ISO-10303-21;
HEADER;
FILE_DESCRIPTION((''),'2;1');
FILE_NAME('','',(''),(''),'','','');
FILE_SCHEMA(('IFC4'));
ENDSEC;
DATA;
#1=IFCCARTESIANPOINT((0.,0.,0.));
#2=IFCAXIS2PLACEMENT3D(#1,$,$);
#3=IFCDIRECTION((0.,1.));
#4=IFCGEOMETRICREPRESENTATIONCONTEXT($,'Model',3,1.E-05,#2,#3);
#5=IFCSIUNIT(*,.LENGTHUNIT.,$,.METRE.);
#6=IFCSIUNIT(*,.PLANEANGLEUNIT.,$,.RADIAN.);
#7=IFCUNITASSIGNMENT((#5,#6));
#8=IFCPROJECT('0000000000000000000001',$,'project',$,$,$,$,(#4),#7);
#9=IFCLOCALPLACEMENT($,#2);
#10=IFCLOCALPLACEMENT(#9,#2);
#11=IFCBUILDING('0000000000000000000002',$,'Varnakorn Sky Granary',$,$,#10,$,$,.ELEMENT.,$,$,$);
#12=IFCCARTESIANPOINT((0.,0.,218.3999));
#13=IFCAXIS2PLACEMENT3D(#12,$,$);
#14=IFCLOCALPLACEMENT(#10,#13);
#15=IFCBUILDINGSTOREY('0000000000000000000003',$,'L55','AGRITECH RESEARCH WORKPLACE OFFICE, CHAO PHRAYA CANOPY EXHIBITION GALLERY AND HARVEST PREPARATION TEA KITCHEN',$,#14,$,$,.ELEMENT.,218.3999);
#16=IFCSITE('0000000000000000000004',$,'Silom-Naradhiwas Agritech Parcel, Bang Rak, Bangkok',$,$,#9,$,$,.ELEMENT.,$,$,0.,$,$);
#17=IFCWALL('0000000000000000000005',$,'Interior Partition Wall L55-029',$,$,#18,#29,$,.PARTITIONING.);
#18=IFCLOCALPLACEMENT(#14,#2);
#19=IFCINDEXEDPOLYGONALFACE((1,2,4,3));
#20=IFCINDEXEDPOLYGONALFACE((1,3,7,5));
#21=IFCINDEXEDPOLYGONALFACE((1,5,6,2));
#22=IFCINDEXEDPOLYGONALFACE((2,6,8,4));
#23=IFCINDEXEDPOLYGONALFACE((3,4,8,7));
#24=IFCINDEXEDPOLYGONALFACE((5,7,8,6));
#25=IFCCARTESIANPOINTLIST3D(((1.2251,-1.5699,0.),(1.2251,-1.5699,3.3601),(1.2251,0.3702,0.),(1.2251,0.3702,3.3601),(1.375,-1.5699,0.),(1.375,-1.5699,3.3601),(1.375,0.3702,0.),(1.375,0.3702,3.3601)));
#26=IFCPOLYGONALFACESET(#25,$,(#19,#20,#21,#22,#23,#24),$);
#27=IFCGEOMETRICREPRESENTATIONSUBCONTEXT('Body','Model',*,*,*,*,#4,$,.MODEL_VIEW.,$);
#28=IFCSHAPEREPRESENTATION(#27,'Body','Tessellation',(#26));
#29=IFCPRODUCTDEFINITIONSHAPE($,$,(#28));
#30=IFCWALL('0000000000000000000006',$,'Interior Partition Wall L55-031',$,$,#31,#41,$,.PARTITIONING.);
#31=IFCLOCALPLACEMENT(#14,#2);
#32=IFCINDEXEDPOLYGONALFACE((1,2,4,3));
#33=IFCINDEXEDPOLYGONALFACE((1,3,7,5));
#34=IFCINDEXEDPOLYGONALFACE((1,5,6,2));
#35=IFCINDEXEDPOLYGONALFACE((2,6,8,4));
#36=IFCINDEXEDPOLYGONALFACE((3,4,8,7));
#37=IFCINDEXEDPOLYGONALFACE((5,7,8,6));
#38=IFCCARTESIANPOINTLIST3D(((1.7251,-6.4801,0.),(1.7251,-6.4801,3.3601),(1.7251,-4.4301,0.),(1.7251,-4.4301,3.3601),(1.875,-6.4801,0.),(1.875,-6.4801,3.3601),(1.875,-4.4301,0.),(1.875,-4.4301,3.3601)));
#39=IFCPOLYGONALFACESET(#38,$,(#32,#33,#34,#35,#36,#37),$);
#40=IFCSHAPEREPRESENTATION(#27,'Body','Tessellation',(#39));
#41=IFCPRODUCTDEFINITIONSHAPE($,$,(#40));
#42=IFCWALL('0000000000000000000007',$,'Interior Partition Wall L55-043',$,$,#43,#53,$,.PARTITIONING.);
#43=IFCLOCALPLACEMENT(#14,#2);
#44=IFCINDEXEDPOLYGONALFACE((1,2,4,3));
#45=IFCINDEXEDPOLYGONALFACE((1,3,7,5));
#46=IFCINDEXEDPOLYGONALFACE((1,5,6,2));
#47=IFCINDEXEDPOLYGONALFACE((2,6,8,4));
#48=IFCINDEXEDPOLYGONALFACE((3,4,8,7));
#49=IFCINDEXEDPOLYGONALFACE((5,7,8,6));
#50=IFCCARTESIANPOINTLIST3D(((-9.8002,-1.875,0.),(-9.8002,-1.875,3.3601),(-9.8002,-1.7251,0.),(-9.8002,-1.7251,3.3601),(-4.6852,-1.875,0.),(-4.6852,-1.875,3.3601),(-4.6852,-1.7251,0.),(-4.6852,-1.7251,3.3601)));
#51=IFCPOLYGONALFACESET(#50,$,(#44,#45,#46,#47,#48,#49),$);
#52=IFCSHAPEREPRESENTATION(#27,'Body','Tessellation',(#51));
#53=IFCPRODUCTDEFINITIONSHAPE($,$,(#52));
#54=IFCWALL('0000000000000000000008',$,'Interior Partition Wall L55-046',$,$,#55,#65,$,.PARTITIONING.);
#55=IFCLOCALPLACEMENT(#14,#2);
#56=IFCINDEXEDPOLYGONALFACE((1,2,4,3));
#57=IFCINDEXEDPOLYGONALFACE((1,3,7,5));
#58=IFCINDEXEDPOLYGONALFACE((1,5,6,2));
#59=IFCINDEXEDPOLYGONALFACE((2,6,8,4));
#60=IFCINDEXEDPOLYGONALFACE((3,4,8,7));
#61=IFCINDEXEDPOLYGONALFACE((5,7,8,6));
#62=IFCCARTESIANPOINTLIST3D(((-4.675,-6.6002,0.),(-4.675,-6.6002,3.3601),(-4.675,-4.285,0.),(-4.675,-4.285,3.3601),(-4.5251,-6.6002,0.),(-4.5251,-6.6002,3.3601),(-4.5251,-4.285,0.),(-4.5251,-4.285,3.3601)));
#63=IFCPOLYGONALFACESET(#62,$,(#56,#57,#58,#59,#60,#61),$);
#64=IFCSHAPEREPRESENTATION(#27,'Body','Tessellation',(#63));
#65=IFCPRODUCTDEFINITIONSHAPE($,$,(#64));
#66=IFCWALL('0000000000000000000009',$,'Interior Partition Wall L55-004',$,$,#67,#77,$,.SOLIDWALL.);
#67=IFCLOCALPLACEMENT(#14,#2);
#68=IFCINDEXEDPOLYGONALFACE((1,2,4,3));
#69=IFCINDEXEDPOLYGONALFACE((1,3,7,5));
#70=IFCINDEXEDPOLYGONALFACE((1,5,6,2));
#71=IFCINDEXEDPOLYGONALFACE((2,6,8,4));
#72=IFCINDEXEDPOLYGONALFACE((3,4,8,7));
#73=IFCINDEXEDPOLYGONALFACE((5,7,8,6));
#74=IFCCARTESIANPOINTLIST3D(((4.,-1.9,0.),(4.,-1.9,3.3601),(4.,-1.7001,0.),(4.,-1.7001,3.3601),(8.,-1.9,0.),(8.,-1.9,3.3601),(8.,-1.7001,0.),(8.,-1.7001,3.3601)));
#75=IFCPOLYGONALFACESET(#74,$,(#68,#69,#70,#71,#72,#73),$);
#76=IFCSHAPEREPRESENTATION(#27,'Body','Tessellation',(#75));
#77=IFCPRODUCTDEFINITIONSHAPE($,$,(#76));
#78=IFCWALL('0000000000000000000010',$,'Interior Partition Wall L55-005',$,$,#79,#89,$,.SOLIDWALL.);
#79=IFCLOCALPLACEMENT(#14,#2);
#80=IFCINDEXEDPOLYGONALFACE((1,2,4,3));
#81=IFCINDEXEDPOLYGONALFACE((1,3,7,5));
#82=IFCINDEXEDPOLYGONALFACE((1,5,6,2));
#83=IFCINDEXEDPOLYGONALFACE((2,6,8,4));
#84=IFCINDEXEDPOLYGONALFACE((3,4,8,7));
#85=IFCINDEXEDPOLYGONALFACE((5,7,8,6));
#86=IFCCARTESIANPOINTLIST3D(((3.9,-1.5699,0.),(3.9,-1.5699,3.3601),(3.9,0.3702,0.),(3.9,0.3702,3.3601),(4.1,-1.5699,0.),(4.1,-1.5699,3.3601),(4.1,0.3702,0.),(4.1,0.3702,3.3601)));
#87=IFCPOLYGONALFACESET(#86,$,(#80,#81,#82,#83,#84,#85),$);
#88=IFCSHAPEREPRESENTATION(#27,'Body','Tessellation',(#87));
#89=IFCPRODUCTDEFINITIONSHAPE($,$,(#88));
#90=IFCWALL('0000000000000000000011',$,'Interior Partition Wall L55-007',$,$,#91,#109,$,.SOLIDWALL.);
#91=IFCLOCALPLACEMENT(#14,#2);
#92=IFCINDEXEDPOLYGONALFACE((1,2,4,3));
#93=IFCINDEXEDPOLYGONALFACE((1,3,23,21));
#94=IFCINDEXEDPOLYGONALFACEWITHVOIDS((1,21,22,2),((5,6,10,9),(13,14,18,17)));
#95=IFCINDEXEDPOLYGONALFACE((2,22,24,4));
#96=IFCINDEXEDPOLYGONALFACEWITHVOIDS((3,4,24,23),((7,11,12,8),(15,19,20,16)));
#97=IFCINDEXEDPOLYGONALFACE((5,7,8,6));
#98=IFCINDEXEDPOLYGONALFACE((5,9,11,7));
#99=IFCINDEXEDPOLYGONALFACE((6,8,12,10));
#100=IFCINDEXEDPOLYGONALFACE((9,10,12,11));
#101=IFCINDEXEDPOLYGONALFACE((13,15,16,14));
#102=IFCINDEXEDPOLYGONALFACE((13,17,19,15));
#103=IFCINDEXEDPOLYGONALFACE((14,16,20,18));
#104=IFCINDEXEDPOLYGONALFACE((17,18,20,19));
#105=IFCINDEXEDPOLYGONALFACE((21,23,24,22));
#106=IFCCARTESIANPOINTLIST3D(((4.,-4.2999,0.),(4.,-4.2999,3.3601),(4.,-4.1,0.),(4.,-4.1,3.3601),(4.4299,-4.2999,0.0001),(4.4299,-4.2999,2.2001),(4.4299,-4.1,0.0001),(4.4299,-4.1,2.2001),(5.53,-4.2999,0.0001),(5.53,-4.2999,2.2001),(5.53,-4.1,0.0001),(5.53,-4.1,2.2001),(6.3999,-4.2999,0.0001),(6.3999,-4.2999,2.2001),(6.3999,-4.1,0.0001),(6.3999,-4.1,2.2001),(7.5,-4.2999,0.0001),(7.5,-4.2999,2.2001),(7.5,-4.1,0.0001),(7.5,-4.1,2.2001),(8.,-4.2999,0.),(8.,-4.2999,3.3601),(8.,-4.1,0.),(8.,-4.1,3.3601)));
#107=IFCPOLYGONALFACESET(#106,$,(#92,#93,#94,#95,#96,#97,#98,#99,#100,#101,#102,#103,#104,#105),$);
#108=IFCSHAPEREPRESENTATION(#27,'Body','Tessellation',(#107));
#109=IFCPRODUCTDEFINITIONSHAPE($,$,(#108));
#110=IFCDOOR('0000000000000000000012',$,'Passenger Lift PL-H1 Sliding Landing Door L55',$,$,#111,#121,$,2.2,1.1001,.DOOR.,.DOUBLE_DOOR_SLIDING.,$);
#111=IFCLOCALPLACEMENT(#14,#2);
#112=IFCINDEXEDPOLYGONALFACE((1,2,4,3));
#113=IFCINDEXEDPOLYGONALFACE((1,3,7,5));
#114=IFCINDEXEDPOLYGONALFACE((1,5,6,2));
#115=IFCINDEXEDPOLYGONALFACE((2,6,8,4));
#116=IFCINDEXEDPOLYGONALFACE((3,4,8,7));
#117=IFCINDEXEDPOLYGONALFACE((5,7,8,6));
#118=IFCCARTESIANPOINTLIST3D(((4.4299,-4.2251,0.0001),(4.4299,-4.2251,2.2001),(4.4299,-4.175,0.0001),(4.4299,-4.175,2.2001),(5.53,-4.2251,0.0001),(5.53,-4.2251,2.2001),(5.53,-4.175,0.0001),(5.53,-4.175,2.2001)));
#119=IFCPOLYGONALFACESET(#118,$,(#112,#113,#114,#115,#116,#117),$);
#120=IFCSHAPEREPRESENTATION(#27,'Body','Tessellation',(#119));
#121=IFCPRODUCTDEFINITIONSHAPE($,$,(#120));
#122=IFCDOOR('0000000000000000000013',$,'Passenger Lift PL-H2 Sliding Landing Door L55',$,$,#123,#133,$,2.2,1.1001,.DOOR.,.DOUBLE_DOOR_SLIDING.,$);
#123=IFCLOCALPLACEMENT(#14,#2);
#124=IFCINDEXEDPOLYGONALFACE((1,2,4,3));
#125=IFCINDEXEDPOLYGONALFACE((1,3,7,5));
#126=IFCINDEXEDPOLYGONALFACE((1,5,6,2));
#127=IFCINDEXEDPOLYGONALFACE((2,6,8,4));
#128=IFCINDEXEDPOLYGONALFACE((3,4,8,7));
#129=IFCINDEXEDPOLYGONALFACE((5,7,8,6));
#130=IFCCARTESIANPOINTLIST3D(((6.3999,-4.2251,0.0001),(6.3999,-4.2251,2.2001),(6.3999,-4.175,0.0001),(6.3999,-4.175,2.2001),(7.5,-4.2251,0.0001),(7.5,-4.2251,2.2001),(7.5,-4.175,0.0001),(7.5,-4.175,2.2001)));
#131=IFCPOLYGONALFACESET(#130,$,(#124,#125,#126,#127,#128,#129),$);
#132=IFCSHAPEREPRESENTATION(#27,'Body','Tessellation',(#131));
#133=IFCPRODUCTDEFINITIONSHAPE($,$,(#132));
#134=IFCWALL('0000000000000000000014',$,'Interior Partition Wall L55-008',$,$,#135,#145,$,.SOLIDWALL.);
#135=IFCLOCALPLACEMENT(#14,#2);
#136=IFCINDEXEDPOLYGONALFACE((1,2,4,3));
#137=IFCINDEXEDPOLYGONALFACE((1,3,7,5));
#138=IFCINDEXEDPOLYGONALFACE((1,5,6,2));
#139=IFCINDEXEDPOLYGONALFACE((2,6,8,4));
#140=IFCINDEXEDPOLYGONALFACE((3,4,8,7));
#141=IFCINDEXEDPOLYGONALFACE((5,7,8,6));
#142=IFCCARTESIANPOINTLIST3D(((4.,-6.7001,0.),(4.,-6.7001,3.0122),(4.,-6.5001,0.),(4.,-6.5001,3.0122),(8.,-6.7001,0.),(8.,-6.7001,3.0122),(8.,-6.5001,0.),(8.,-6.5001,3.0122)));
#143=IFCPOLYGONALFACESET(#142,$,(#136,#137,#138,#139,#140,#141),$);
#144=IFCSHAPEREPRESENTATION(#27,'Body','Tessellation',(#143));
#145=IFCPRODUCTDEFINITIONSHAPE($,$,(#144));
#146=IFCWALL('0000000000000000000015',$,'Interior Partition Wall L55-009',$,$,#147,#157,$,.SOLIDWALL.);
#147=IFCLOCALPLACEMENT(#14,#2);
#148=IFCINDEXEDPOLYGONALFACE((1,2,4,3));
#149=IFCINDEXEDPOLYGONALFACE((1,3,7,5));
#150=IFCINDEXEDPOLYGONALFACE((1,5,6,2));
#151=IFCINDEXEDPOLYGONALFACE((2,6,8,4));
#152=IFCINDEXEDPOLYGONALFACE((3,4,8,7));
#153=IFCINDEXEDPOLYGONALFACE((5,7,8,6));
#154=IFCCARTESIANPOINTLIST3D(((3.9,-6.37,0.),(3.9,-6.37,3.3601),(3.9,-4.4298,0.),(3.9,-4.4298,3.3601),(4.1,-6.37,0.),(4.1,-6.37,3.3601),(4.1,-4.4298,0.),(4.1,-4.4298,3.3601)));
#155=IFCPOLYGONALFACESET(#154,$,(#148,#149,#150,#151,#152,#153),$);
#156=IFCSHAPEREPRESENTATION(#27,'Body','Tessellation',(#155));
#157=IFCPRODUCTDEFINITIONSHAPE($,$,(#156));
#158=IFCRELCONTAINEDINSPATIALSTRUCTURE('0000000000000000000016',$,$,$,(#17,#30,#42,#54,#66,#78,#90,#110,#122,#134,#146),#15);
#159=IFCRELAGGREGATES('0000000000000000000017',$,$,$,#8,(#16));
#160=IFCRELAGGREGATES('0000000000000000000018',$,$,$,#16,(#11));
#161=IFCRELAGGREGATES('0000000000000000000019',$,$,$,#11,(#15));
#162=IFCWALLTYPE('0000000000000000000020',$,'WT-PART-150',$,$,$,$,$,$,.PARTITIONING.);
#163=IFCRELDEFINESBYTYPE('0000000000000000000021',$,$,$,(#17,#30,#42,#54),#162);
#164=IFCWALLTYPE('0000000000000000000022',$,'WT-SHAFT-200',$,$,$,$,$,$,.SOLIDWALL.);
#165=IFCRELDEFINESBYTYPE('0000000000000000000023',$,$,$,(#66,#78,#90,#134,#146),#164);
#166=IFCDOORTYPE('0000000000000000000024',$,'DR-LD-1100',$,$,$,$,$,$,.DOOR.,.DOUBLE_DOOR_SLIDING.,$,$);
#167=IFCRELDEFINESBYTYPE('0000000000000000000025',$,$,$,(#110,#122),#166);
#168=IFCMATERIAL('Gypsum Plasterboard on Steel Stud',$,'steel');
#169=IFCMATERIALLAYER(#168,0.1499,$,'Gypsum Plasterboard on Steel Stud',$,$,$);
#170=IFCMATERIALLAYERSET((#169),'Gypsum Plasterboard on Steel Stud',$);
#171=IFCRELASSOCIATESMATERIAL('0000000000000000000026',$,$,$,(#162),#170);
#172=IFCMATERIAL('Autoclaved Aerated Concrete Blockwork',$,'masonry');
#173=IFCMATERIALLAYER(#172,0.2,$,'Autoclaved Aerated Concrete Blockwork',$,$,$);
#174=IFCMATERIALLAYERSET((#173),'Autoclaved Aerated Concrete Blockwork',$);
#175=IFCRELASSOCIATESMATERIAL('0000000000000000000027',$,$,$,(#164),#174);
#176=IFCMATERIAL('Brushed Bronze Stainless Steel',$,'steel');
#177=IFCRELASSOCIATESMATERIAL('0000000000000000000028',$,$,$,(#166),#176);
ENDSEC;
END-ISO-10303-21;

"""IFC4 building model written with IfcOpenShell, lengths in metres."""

from ifc_helpers import new_model, si_unit, direction, frame, frame_2d, origin, place, context, subcontext, project, spatial, rectangle, extrude, material, layer, layer_set, type_object, element, fill, save


model = new_model("IFC4")

# Units and contexts
model_context = context("Model", 3, precision=1e-05, world=origin(), true_north=direction((0.0, 1.0)))
body_context = subcontext(model_context, "Body", "Model", "MODEL_VIEW")
ifc_project = project(units=[si_unit("LENGTHUNIT", "METRE"), si_unit("PLANEANGLEUNIT", "RADIAN")], contexts=[model_context])

# Site, building, storey
site_placement = place(None, origin())
site = spatial("IfcSite", under=ifc_project, at=site_placement, Name="Silom-Naradhiwas Agritech Parcel, Bang Rak, Bangkok", CompositionType="ELEMENT", RefElevation=0.0)
building_placement = place(site_placement, origin())
building = spatial("IfcBuilding", under=site, at=building_placement, Name="Varnakorn Sky Granary", CompositionType="ELEMENT")
storey_placement = place(building_placement, frame((0.0, 0.0, 218.3999)))
storey = spatial("IfcBuildingStorey", under=building, at=storey_placement, Name="L55", Description="AGRITECH RESEARCH WORKPLACE OFFICE, CHAO PHRAYA CANOPY EXHIBITION GALLERY AND HARVEST PREPARATION TEA KITCHEN", CompositionType="ELEMENT", Elevation=218.3999)

# Shared definitions
ifc_material_1 = material(Name="Autoclaved Aerated Concrete Blockwork", Category="masonry")

# Walls
ifc_material_2 = material(Name="Gypsum Plasterboard on Steel Stud", Category="steel")
ifc_layer_1 = layer(ifc_material_2, 0.1499, Name="Gypsum Plasterboard on Steel Stud")
ifc_layer_set_1 = layer_set([ifc_layer_1], Name="Gypsum Plasterboard on Steel Stud")
wall_type_1 = type_object("IfcWallType", Name="WT-PART-150", PredefinedType="PARTITIONING", material=ifc_layer_set_1)
wall_1_placement = place(storey_placement, frame((1.3, -1.5701, 0.0), z_axis=(0.0, 0.0, 1.0), x_axis=(0.0, 1.0, 0.0)))
element("IfcWall", 1, at=wall_1_placement, inside=storey, type_object=wall_type_1, Name="Interior Partition Wall L55-029", PredefinedType="PARTITIONING", context=body_context, shape_type="SweptSolid", body=[
    extrude(rectangle(XDim=1.9402, YDim=0.1499, at=frame_2d((0.9702, 0.0))), origin(), (0.0, 0.0, 1.0), 3.3601),
])
wall_2_placement = place(storey_placement, frame((1.8, -6.48, 0.0), z_axis=(0.0, 0.0, 1.0), x_axis=(0.0, 1.0, 0.0)))
element("IfcWall", 2, at=wall_2_placement, inside=storey, type_object=wall_type_1, Name="Interior Partition Wall L55-031", PredefinedType="PARTITIONING", context=body_context, shape_type="SweptSolid", body=[
    extrude(rectangle(XDim=2.05, YDim=0.1499, at=frame_2d((1.0249, 0.0))), origin(), (0.0, 0.0, 1.0), 3.3601),
])
wall_3_placement = place(storey_placement, frame((-4.6851, -1.8, 0.0), z_axis=(0.0, 0.0, 1.0), x_axis=(-1.0, 0.0, 0.0)))
element("IfcWall", 3, at=wall_3_placement, inside=storey, type_object=wall_type_1, Name="Interior Partition Wall L55-043", PredefinedType="PARTITIONING", context=body_context, shape_type="SweptSolid", body=[
    extrude(rectangle(XDim=5.115, YDim=0.1499, at=frame_2d((2.5576, 0.0))), origin(), (0.0, 0.0, 1.0), 3.3601),
])
wall_4_placement = place(storey_placement, frame((-4.6001, -4.2849, 0.0), z_axis=(0.0, 0.0, 1.0), x_axis=(0.0, -1.0, 0.0)))
element("IfcWall", 4, at=wall_4_placement, inside=storey, type_object=wall_type_1, Name="Interior Partition Wall L55-046", PredefinedType="PARTITIONING", context=body_context, shape_type="SweptSolid", body=[
    extrude(rectangle(XDim=2.3152, YDim=0.1499, at=frame_2d((1.1577, 0.0))), origin(), (0.0, 0.0, 1.0), 3.3601),
])
ifc_layer_2 = layer(ifc_material_1, 0.2, Name="Autoclaved Aerated Concrete Blockwork")
ifc_layer_set_2 = layer_set([ifc_layer_2], Name="Autoclaved Aerated Concrete Blockwork")
wall_type_2 = type_object("IfcWallType", Name="WT-SHAFT-200", PredefinedType="SOLIDWALL", material=ifc_layer_set_2)
wall_5_placement = place(storey_placement, frame((4.0, -1.8, 0.0), z_axis=(0.0, 0.0, 1.0), x_axis=(1.0, 0.0, 0.0)))
element("IfcWall", 5, at=wall_5_placement, inside=storey, type_object=wall_type_2, Name="Interior Partition Wall L55-004", PredefinedType="SOLIDWALL", context=body_context, shape_type="SweptSolid", body=[
    extrude(rectangle(XDim=4.0, YDim=0.2, at=frame_2d((2.0, 0.0))), origin(), (0.0, 0.0, 1.0), 3.3601),
])
wall_6_placement = place(storey_placement, frame((4.0, -1.5701, 0.0), z_axis=(0.0, 0.0, 1.0), x_axis=(0.0, 1.0, 0.0)))
element("IfcWall", 6, at=wall_6_placement, inside=storey, type_object=wall_type_2, Name="Interior Partition Wall L55-005", PredefinedType="SOLIDWALL", context=body_context, shape_type="SweptSolid", body=[
    extrude(rectangle(XDim=1.9402, YDim=0.2, at=frame_2d((0.9702, 0.0))), origin(), (0.0, 0.0, 1.0), 3.3601),
])

# Wall, openings, doors
wall_7_placement = place(storey_placement, frame((4.0, -4.2, 0.0), z_axis=(0.0, 0.0, 1.0), x_axis=(1.0, 0.0, 0.0)))
wall_7 = element("IfcWall", 7, at=wall_7_placement, inside=storey, type_object=wall_type_2, Name="Interior Partition Wall L55-007", PredefinedType="SOLIDWALL", context=body_context, shape_type="SweptSolid", body=[
    extrude(rectangle(XDim=4.0, YDim=0.2, at=frame_2d((2.0, 0.0))), origin(), (0.0, 0.0, 1.0), 3.3601),
])
opening_1_placement = place(wall_7_placement, frame((0.4299, 0.0, 0.0)))
opening_1 = element("IfcOpeningElement", 8, at=opening_1_placement, cuts=wall_7, PredefinedType="OPENING", context=body_context, shape_type="SweptSolid", body=[
    extrude(rectangle(XDim=1.1001, YDim=2.2, at=frame_2d((0.55, 1.1001))), frame((0.0, 0.1099, 0.0), z_axis=(0.0, -1.0, 0.0), x_axis=(1.0, 0.0, 0.0)), (0.0, 0.0, 1.0), 0.22),
])
opening_2_placement = place(wall_7_placement, frame((2.3999, 0.0, 0.0)))
opening_2 = element("IfcOpeningElement", 9, at=opening_2_placement, cuts=wall_7, PredefinedType="OPENING", context=body_context, shape_type="SweptSolid", body=[
    extrude(rectangle(XDim=1.1001, YDim=2.2, at=frame_2d((0.55, 1.1001))), frame((0.0, 0.1099, 0.0), z_axis=(0.0, -1.0, 0.0), x_axis=(1.0, 0.0, 0.0)), (0.0, 0.0, 1.0), 0.22),
])
ifc_material_3 = material(Name="Brushed Bronze Stainless Steel", Category="steel")
door_type_1 = type_object("IfcDoorType", Name="DR-LD-1100", OperationType="DOUBLE_DOOR_SLIDING", PredefinedType="DOOR", material=ifc_material_3)
door_1_placement = place(opening_1_placement, origin())
door_1 = element("IfcDoor", 10, at=door_1_placement, inside=storey, type_object=door_type_1, Name="Passenger Lift PL-H1 Sliding Landing Door L55", OperationType="DOUBLE_DOOR_SLIDING", OverallHeight=2.2, OverallWidth=1.1001, PredefinedType="DOOR", context=body_context, shape_type="SweptSolid", body=[
    extrude(rectangle(XDim=1.1001, YDim=2.2, at=frame_2d((0.55, 1.1001))), frame((0.0, 0.0249, 0.0), z_axis=(0.0, -1.0, 0.0), x_axis=(1.0, 0.0, 0.0)), (0.0, 0.0, 1.0), 0.05),
])
fill(opening_1, door_1)
door_2_placement = place(opening_2_placement, origin())
door_2 = element("IfcDoor", 11, at=door_2_placement, inside=storey, type_object=door_type_1, Name="Passenger Lift PL-H2 Sliding Landing Door L55", OperationType="DOUBLE_DOOR_SLIDING", OverallHeight=2.2, OverallWidth=1.1001, PredefinedType="DOOR", context=body_context, shape_type="SweptSolid", body=[
    extrude(rectangle(XDim=1.1001, YDim=2.2, at=frame_2d((0.55, 1.1001))), frame((0.0, 0.0249, 0.0), z_axis=(0.0, -1.0, 0.0), x_axis=(1.0, 0.0, 0.0)), (0.0, 0.0, 1.0), 0.05),
])
fill(opening_2, door_2)

# Walls
wall_8_placement = place(storey_placement, frame((4.0, -6.6001, 0.0), z_axis=(0.0, 0.0, 1.0), x_axis=(1.0, 0.0, 0.0)))
element("IfcWall", 12, at=wall_8_placement, inside=storey, type_object=wall_type_2, Name="Interior Partition Wall L55-008", PredefinedType="SOLIDWALL", context=body_context, shape_type="SweptSolid", body=[
    extrude(rectangle(XDim=4.0, YDim=0.2, at=frame_2d((2.0, 0.0))), origin(), (0.0, 0.0, 1.0), 3.0122),
])
wall_9_placement = place(storey_placement, frame((4.0, -6.3701, 0.0), z_axis=(0.0, 0.0, 1.0), x_axis=(0.0, 1.0, 0.0)))
element("IfcWall", 13, at=wall_9_placement, inside=storey, type_object=wall_type_2, Name="Interior Partition Wall L55-009", PredefinedType="SOLIDWALL", context=body_context, shape_type="SweptSolid", body=[
    extrude(rectangle(XDim=1.9402, YDim=0.2, at=frame_2d((0.9702, 0.0))), origin(), (0.0, 0.0, 1.0), 3.3601),
])

save(model, "model.ifc")
